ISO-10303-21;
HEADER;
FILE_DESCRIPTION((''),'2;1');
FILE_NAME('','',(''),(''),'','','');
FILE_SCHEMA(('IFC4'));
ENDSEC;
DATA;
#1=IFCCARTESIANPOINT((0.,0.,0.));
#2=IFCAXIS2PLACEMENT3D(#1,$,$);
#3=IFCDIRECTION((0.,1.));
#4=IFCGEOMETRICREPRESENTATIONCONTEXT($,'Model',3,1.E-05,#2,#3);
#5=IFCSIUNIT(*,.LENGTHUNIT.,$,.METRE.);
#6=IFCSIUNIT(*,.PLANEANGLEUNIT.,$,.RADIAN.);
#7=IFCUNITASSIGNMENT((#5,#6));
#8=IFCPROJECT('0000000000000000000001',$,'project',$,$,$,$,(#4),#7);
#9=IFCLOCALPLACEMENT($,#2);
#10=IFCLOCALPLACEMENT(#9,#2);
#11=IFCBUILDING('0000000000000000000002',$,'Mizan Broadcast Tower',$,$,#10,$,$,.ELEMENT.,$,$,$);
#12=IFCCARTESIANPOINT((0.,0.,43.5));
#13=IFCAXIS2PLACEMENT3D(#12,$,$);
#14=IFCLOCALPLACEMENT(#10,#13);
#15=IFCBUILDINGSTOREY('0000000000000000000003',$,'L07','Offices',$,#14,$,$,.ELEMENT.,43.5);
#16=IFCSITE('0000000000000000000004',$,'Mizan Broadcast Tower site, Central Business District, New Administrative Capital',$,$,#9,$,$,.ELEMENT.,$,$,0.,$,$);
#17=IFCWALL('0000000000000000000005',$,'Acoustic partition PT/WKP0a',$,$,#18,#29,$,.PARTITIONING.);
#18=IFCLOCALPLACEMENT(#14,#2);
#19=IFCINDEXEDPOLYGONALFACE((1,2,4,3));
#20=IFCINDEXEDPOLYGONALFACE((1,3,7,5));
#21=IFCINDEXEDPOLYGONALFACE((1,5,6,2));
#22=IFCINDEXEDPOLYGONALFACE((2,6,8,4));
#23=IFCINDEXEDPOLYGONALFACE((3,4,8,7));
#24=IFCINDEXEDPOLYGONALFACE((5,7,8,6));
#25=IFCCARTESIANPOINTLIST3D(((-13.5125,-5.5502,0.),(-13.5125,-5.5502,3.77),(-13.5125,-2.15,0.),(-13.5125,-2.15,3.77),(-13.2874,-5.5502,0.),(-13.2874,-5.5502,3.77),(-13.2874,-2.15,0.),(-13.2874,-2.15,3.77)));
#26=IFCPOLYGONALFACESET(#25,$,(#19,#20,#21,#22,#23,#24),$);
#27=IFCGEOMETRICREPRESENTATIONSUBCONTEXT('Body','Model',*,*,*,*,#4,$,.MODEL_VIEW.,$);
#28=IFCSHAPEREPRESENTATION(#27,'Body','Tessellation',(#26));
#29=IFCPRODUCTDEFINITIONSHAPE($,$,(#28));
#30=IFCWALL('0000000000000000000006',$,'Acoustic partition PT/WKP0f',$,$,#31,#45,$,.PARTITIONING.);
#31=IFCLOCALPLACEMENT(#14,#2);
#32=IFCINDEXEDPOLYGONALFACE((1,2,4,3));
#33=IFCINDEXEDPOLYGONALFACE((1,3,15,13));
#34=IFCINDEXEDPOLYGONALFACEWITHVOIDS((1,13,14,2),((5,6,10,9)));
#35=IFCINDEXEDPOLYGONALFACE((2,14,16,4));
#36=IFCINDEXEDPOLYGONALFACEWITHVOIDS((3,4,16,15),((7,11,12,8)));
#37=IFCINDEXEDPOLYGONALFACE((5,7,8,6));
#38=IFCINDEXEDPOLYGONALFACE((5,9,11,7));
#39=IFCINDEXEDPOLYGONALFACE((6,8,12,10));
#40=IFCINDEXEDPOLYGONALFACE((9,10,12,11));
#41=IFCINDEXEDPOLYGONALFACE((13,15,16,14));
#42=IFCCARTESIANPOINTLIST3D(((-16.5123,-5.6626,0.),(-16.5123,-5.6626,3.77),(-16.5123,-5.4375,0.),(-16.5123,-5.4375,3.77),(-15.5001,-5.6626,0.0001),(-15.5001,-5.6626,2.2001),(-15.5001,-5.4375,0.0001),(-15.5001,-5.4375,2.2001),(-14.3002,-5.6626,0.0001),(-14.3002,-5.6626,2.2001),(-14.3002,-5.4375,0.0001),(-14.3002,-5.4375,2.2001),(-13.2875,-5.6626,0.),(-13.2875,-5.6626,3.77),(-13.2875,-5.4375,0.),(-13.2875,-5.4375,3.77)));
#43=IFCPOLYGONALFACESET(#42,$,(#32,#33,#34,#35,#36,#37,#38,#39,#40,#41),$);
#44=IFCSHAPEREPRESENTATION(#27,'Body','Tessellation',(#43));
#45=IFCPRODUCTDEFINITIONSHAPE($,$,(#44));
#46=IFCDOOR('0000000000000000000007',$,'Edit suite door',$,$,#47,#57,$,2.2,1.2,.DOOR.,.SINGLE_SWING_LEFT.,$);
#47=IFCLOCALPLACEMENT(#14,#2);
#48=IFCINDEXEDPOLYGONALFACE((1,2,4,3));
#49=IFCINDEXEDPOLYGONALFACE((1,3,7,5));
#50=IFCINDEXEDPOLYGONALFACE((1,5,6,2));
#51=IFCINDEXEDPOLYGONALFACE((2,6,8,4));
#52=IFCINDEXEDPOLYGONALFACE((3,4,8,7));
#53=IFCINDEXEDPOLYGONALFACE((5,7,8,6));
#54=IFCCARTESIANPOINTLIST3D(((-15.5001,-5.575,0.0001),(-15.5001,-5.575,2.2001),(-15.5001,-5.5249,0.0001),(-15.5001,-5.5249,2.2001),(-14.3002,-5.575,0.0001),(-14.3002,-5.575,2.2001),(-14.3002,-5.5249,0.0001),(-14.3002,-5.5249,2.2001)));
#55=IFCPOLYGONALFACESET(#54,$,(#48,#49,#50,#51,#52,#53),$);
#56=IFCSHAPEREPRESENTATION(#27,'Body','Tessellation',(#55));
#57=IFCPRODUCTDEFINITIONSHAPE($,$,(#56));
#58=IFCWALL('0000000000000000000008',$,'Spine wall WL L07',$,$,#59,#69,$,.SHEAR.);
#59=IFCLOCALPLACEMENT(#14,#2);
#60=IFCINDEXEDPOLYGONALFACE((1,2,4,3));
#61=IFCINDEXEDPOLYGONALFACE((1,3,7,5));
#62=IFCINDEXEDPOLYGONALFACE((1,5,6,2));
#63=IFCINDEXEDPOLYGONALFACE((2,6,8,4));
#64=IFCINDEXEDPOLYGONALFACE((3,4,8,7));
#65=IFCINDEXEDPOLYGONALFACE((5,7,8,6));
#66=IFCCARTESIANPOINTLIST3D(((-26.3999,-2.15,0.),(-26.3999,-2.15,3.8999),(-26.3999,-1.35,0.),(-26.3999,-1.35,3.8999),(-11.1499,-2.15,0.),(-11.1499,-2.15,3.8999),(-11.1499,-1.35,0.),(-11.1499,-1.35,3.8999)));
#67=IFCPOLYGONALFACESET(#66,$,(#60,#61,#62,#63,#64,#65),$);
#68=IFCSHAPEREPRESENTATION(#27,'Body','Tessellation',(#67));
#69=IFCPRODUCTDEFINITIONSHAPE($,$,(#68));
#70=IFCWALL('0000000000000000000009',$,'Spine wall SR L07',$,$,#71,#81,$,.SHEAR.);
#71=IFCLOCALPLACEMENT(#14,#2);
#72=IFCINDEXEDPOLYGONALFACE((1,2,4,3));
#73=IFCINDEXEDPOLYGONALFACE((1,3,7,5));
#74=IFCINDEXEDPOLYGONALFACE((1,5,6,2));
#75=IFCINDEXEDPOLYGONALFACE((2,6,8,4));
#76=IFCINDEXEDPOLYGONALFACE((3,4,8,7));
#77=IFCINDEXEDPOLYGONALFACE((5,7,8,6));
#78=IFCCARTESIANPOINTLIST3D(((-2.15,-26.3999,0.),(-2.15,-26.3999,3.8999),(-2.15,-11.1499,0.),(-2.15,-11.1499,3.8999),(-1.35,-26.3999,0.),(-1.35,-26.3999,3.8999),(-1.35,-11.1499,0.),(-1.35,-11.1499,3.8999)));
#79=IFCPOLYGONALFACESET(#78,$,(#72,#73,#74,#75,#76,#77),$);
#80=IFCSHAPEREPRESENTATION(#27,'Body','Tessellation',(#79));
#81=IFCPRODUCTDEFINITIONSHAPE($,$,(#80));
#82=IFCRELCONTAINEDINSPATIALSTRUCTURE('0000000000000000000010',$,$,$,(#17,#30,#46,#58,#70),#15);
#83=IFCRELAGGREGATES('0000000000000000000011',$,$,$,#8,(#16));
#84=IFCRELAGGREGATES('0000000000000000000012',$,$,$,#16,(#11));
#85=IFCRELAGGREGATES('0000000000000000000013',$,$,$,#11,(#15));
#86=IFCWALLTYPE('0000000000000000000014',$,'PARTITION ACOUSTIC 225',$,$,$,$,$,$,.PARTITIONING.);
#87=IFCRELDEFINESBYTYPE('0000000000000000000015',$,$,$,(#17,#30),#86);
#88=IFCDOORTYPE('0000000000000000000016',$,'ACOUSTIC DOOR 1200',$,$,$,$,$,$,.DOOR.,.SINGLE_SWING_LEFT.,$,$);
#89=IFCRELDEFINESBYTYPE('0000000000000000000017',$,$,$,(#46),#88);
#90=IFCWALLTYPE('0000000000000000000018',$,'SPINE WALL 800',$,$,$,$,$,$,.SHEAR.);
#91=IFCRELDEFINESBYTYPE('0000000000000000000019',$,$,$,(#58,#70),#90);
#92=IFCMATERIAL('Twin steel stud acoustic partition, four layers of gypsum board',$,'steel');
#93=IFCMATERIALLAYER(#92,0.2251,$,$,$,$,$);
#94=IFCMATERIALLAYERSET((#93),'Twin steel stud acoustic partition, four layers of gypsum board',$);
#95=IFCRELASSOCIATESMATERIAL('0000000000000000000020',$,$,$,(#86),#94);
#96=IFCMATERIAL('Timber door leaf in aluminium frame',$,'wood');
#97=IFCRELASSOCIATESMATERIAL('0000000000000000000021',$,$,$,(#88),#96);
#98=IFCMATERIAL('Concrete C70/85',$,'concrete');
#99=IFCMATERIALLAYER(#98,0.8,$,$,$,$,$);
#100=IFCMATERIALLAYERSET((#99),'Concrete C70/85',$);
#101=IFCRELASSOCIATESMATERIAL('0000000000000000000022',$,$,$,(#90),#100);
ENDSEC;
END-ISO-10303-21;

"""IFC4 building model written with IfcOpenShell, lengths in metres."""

from ifc_helpers import new_model, si_unit, direction, frame, frame_2d, origin, place, context, subcontext, project, spatial, rectangle, extrude, material, layer, layer_set, type_object, element, fill, save


model = new_model("IFC4")

# Units and contexts
model_context = context("Model", 3, precision=1e-05, world=origin(), true_north=direction((0.0, 1.0)))
body_context = subcontext(model_context, "Body", "Model", "MODEL_VIEW")
ifc_project = project(units=[si_unit("LENGTHUNIT", "METRE"), si_unit("PLANEANGLEUNIT", "RADIAN")], contexts=[model_context])

# Site, building, storey
site_placement = place(None, origin())
site = spatial("IfcSite", under=ifc_project, at=site_placement, Name="Mizan Broadcast Tower site, Central Business District, New Administrative Capital", CompositionType="ELEMENT", RefElevation=0.0)
building_placement = place(site_placement, origin())
building = spatial("IfcBuilding", under=site, at=building_placement, Name="Mizan Broadcast Tower", CompositionType="ELEMENT")
storey_placement = place(building_placement, frame((0.0, 0.0, 43.5)))
storey = spatial("IfcBuildingStorey", under=building, at=storey_placement, Name="L07", Description="Offices", CompositionType="ELEMENT", Elevation=43.5)

# Wall
ifc_material_1 = material(Name="Twin steel stud acoustic partition, four layers of gypsum board", Category="steel")
ifc_layer_1 = layer(ifc_material_1, 0.2251)
ifc_layer_set_1 = layer_set([ifc_layer_1], Name="Twin steel stud acoustic partition, four layers of gypsum board")
wall_type_1 = type_object("IfcWallType", Name="PARTITION ACOUSTIC 225", PredefinedType="PARTITIONING", material=ifc_layer_set_1)
wall_1_placement = place(storey_placement, frame((-13.3999, -2.1499, 0.0), z_axis=(0.0, 0.0, 1.0), x_axis=(0.0, -1.0, 0.0)))
element("IfcWall", 1, at=wall_1_placement, inside=storey, type_object=wall_type_1, Name="Acoustic partition PT/WKP0a", PredefinedType="PARTITIONING", context=body_context, shape_type="SweptSolid", body=[
    extrude(rectangle(XDim=3.4001, YDim=0.2251, at=frame_2d((1.7002, 0.0))), origin(), (0.0, 0.0, 1.0), 3.77),
])

# Wall, opening, door
wall_2_placement = place(storey_placement, frame((-13.2876, -5.55, 0.0), z_axis=(0.0, 0.0, 1.0), x_axis=(-1.0, 0.0, 0.0)))
wall_2 = element("IfcWall", 2, at=wall_2_placement, inside=storey, type_object=wall_type_1, Name="Acoustic partition PT/WKP0f", PredefinedType="PARTITIONING", context=body_context, shape_type="SweptSolid", body=[
    extrude(rectangle(XDim=3.2249, YDim=0.2251, at=frame_2d((1.6123, 0.0))), origin(), (0.0, 0.0, 1.0), 3.77),
])
opening_1_placement = place(wall_2_placement, frame((1.0125, 0.0, 0.0)))
opening_1 = element("IfcOpeningElement", 3, at=opening_1_placement, cuts=wall_2, PredefinedType="OPENING", context=body_context, shape_type="SweptSolid", body=[
    extrude(rectangle(XDim=1.2, YDim=2.2, at=frame_2d((0.6001, 1.1001))), frame((0.0, 0.1226, 0.0), z_axis=(0.0, -1.0, 0.0), x_axis=(1.0, 0.0, 0.0)), (0.0, 0.0, 1.0), 0.2451),
])
ifc_material_2 = material(Name="Timber door leaf in aluminium frame", Category="wood")
door_type_1 = type_object("IfcDoorType", Name="ACOUSTIC DOOR 1200", OperationType="SINGLE_SWING_LEFT", PredefinedType="DOOR", material=ifc_material_2)
door_1_placement = place(opening_1_placement, origin())
door_1 = element("IfcDoor", 4, at=door_1_placement, inside=storey, type_object=door_type_1, Name="Edit suite door", OperationType="SINGLE_SWING_LEFT", OverallHeight=2.2, OverallWidth=1.2, PredefinedType="DOOR", context=body_context, shape_type="SweptSolid", body=[
    extrude(rectangle(XDim=1.2, YDim=2.2, at=frame_2d((0.6001, 1.1001))), frame((0.0, 0.0249, 0.0), z_axis=(0.0, -1.0, 0.0), x_axis=(1.0, 0.0, 0.0)), (0.0, 0.0, 1.0), 0.05),
])
fill(opening_1, door_1)

# Walls
ifc_material_3 = material(Name="Concrete C70/85", Category="concrete")
ifc_layer_2 = layer(ifc_material_3, 0.8)
ifc_layer_set_2 = layer_set([ifc_layer_2], Name="Concrete C70/85")
wall_type_2 = type_object("IfcWallType", Name="SPINE WALL 800", PredefinedType="SHEAR", material=ifc_layer_set_2)
for number, where, z_axis, x_axis, name in (
    (5, (-11.1499, -1.75, 0.0), (0.0, 0.0, 1.0), (-1.0, 0.0, 0.0), "Spine wall WL L07"),
    (6, (-1.75, -11.1499, 0.0), (0.0, 0.0, 1.0), (0.0, -1.0, 0.0), "Spine wall SR L07"),
):
    element("IfcWall", number, at=place(storey_placement, frame(where, z_axis=z_axis, x_axis=x_axis)), inside=storey, type_object=wall_type_2, Name=name, PredefinedType="SHEAR", context=body_context, shape_type="SweptSolid", body=[
        extrude(rectangle(XDim=15.25, YDim=0.8, at=frame_2d((7.625, 0.0))), origin(), (0.0, 0.0, 1.0), 3.8999),
    ])

save(model, "model.ifc")
